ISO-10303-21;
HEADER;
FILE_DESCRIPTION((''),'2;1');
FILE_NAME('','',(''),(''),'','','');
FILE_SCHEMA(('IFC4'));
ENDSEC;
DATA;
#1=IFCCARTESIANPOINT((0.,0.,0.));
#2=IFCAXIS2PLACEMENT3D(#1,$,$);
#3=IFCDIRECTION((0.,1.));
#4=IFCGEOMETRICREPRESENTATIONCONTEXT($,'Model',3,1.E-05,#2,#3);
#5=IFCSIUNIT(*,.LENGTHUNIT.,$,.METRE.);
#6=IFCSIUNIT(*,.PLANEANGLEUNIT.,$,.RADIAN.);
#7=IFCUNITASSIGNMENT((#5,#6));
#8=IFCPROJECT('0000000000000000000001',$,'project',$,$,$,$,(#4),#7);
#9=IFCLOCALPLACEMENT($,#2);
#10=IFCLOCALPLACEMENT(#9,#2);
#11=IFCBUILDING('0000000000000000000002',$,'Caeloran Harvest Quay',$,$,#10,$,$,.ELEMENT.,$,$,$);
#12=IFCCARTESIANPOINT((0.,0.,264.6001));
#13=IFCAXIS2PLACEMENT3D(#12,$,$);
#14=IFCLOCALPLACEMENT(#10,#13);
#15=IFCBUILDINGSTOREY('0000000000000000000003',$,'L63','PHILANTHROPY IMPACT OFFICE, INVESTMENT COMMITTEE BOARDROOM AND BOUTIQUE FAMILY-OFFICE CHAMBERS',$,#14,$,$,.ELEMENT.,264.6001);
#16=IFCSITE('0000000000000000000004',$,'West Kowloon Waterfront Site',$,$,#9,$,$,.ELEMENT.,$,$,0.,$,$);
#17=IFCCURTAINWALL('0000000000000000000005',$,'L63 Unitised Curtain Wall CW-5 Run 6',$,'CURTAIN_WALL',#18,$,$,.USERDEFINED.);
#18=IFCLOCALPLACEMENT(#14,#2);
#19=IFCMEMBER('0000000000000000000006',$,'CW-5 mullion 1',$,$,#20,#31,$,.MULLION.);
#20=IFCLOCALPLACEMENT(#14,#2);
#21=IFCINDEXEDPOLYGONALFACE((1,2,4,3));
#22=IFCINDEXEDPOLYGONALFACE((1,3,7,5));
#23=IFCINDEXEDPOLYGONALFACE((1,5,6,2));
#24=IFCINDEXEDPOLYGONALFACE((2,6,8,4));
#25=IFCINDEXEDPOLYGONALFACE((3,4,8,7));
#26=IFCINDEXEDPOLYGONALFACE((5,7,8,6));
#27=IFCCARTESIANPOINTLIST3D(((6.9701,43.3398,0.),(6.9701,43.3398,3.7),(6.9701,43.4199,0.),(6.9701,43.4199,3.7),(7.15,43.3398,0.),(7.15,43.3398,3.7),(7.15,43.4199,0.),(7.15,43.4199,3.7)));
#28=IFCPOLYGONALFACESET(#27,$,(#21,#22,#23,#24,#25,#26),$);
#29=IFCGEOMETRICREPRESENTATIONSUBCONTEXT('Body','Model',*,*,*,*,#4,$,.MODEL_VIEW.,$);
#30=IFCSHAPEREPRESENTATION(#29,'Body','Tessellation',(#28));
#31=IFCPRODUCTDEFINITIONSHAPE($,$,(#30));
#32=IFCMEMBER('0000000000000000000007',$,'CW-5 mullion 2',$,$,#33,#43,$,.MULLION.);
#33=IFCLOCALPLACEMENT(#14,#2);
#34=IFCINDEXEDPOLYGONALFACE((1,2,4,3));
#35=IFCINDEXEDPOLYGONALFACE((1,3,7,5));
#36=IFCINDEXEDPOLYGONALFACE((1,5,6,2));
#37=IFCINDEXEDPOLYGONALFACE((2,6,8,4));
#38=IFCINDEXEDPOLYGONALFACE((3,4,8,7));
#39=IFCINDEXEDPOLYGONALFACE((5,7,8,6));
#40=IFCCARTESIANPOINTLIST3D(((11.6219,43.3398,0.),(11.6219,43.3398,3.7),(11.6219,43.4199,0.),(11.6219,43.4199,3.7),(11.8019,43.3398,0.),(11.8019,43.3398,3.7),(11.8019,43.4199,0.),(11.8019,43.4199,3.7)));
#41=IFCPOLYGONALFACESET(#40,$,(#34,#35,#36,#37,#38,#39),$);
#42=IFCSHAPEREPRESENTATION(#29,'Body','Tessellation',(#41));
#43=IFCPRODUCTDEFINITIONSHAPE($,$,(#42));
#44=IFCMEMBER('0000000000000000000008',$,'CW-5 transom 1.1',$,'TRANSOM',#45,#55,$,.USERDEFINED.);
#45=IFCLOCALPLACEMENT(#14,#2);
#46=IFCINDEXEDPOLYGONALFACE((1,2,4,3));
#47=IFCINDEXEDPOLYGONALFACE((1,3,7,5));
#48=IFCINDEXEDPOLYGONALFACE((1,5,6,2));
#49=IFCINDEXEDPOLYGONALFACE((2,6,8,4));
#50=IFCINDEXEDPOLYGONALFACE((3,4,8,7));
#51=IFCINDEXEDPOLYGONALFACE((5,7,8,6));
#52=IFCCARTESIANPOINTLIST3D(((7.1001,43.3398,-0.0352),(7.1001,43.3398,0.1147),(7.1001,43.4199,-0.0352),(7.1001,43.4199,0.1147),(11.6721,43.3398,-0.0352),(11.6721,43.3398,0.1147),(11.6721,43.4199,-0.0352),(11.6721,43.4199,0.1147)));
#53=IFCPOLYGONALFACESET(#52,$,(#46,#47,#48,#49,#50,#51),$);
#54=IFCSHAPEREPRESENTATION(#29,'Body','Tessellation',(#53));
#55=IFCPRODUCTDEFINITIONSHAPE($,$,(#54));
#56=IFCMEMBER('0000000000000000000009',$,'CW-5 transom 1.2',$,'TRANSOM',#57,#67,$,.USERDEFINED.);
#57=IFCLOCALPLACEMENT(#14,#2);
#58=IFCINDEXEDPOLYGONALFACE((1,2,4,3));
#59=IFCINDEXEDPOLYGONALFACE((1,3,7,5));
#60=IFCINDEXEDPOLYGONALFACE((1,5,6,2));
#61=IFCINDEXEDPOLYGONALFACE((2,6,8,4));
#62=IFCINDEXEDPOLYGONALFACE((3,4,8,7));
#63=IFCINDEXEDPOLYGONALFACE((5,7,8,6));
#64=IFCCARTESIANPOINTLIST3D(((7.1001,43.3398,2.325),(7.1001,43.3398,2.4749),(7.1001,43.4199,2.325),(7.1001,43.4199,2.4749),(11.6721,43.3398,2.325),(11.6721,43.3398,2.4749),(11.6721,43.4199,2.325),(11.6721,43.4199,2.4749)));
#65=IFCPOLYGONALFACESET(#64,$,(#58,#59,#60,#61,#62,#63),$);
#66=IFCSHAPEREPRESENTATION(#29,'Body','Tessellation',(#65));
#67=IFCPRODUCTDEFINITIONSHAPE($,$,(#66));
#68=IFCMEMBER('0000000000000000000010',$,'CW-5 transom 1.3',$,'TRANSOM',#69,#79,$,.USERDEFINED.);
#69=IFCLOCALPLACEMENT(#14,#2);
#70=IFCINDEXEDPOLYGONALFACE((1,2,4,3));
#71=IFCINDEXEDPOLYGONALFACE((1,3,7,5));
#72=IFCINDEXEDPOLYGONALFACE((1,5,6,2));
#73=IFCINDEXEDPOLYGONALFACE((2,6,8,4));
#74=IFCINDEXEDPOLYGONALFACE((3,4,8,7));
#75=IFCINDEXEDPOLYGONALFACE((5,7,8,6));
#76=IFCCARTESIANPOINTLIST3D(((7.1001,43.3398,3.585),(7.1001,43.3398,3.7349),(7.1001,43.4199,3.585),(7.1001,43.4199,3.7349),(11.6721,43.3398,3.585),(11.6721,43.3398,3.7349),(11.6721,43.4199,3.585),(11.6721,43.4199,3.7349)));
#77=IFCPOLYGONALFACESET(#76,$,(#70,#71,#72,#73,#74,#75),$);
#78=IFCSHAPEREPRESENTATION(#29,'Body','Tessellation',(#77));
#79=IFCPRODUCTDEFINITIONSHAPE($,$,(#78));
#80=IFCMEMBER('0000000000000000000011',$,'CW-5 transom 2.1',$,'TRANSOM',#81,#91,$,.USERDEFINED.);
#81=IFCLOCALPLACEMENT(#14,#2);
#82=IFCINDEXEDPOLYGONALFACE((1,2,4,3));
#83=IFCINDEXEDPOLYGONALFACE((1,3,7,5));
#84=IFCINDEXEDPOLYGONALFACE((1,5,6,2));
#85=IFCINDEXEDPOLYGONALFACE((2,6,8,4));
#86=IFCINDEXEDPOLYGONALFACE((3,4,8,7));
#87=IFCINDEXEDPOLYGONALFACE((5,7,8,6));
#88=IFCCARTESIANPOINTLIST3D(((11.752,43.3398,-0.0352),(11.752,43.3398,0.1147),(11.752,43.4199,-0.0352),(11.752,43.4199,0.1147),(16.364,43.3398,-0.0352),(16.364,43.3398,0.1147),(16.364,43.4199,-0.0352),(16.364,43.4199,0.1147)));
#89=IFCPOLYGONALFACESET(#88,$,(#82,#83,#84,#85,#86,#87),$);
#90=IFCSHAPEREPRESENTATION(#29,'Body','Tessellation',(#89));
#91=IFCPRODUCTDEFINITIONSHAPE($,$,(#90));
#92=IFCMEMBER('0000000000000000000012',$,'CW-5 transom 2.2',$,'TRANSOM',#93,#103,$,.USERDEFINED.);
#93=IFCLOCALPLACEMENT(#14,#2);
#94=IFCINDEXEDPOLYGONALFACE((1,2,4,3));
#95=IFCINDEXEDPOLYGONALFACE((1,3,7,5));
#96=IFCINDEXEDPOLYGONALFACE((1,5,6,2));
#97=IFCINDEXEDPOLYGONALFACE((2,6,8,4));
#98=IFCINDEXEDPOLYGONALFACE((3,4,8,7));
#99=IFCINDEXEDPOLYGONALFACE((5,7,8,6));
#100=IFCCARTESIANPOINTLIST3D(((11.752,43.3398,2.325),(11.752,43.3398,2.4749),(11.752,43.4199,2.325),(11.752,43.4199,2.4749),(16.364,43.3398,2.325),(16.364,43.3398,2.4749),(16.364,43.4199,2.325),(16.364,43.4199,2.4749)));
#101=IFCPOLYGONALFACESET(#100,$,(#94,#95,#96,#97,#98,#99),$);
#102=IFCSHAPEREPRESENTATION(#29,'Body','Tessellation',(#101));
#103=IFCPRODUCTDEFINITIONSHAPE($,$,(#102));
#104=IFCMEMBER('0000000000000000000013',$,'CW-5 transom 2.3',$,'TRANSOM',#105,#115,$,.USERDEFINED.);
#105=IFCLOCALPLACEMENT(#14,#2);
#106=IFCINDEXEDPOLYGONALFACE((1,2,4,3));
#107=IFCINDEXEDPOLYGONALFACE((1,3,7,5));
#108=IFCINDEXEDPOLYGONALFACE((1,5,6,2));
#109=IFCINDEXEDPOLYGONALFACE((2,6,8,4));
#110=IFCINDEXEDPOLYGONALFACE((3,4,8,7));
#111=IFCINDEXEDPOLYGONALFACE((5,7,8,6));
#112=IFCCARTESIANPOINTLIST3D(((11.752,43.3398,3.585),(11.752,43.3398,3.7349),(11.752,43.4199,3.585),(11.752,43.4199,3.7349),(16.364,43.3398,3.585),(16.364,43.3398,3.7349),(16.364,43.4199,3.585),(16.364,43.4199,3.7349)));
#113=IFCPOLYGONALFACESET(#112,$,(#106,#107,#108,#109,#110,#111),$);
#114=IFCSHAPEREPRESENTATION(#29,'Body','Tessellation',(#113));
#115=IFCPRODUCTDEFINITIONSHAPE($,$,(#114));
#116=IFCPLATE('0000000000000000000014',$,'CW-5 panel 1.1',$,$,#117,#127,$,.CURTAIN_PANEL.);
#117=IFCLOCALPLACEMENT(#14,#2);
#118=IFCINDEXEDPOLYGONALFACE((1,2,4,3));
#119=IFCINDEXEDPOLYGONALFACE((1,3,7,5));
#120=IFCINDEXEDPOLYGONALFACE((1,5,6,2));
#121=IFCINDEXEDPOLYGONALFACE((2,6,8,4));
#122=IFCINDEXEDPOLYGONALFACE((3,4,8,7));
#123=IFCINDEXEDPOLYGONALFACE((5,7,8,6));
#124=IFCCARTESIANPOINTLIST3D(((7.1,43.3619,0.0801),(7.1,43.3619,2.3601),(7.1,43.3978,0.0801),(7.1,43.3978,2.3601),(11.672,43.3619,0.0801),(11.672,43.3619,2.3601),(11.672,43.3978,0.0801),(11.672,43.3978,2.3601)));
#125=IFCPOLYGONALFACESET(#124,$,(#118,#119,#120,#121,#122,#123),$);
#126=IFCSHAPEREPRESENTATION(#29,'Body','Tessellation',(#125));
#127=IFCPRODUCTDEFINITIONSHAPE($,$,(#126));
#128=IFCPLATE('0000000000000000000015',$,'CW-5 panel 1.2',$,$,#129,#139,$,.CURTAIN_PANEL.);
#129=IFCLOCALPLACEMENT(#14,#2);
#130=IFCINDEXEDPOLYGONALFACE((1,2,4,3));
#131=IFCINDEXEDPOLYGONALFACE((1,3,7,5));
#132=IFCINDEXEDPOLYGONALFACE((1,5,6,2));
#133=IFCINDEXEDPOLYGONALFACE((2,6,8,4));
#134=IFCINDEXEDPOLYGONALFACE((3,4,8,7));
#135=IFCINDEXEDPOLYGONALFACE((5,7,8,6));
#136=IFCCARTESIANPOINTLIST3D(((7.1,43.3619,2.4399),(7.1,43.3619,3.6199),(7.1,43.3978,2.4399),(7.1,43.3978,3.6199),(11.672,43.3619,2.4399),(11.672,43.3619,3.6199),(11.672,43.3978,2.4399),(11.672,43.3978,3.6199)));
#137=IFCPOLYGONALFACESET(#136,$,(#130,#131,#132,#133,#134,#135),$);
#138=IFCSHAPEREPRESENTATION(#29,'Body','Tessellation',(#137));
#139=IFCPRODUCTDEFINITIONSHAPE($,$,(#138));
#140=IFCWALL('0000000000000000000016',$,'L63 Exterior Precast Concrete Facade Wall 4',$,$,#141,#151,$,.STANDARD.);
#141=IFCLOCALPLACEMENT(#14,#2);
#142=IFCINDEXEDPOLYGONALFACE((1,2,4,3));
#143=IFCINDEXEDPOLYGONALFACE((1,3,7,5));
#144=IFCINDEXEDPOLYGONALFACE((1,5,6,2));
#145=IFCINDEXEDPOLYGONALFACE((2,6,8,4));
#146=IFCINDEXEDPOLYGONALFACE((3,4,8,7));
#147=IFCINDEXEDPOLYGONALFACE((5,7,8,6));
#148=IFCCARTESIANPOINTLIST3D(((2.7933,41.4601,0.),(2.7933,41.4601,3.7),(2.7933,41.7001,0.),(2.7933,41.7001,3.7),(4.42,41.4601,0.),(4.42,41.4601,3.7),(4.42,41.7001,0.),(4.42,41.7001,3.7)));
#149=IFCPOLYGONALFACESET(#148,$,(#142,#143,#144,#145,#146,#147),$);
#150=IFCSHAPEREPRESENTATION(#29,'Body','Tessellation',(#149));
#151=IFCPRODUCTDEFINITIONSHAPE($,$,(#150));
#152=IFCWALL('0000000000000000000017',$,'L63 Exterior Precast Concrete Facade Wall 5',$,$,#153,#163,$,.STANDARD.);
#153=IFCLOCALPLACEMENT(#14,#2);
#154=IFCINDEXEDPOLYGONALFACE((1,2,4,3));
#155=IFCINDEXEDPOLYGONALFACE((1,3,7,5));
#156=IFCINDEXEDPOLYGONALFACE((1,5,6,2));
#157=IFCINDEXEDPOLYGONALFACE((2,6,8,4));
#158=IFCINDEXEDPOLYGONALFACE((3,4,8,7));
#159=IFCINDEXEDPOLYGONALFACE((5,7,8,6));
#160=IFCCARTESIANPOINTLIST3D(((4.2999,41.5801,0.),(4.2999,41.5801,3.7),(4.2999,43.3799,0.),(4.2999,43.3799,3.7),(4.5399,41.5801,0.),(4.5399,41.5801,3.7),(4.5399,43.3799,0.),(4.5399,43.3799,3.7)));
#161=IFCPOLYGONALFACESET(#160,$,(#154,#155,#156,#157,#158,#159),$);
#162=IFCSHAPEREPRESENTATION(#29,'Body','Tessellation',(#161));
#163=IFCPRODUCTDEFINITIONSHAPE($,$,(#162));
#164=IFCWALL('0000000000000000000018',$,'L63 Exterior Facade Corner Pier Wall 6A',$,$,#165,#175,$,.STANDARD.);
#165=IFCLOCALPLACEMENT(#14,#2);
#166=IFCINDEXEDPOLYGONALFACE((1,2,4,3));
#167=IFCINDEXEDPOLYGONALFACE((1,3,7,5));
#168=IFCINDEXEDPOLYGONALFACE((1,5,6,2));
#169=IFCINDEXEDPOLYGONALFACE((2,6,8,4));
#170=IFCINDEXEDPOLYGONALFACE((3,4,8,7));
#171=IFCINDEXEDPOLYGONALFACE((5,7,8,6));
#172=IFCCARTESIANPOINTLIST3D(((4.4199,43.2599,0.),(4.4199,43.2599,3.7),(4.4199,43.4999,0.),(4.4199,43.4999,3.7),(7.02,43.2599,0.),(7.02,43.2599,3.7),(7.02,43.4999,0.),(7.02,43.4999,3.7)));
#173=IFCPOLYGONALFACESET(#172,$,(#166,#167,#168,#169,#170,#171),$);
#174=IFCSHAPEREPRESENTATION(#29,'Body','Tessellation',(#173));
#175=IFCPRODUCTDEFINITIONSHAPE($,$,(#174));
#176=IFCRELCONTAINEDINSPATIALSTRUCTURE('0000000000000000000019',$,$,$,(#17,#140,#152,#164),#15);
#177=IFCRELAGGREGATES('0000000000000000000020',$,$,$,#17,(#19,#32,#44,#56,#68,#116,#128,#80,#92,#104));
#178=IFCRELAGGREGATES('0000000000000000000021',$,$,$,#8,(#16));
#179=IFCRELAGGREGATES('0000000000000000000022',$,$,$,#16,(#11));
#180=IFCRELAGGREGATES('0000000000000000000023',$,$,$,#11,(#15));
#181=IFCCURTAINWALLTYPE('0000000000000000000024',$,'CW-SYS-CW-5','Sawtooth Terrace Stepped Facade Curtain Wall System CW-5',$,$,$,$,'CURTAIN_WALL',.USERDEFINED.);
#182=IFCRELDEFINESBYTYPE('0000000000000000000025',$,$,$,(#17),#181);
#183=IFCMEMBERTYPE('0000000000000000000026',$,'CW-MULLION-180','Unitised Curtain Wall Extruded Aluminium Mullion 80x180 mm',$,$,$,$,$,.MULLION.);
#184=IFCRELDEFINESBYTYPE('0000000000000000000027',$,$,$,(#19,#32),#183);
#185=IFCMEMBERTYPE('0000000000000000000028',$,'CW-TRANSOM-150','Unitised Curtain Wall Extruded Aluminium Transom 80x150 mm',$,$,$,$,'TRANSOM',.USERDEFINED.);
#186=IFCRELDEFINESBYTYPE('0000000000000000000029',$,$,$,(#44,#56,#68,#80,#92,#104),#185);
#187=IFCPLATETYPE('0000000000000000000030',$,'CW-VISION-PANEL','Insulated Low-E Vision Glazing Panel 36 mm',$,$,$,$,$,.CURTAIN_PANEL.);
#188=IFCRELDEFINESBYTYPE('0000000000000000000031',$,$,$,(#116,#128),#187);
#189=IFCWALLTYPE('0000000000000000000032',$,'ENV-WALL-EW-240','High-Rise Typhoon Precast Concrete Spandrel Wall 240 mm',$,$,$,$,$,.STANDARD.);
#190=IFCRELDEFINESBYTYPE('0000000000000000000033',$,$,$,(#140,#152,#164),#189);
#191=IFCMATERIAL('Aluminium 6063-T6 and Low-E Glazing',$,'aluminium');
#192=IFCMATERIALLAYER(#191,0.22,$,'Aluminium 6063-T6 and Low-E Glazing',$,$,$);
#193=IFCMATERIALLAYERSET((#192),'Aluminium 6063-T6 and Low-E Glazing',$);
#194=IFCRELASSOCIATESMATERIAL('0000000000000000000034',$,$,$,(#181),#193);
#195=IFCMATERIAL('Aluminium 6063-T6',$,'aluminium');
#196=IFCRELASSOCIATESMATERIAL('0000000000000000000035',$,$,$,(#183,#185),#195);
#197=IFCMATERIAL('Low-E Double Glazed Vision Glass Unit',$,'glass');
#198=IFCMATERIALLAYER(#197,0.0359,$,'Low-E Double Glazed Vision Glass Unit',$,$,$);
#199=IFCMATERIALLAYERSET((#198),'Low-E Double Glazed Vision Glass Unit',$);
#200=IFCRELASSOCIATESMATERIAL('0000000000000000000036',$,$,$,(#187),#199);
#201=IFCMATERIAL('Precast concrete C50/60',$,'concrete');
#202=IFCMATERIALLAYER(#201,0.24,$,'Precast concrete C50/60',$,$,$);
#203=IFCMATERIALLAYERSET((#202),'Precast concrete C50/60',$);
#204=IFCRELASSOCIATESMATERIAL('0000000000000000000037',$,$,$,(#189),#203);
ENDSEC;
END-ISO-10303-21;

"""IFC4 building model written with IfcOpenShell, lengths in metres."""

from ifc_helpers import new_model, si_unit, direction, frame, frame_2d, origin, origin_2d, place, context, subcontext, project, spatial, rectangle, extrude, material, layer, layer_set, material_profile, profile_set, type_object, element, aggregate, save


model = new_model("IFC4")

# Units and contexts
model_context = context("Model", 3, precision=1e-05, world=origin(), true_north=direction((0.0, 1.0)))
body_context = subcontext(model_context, "Body", "Model", "MODEL_VIEW")
ifc_project = project(units=[si_unit("LENGTHUNIT", "METRE"), si_unit("PLANEANGLEUNIT", "RADIAN")], contexts=[model_context])

# Site, building, storey
site_placement = place(None, origin())
site = spatial("IfcSite", under=ifc_project, at=site_placement, Name="West Kowloon Waterfront Site", CompositionType="ELEMENT", RefElevation=0.0)
building_placement = place(site_placement, origin())
building = spatial("IfcBuilding", under=site, at=building_placement, Name="Caeloran Harvest Quay", CompositionType="ELEMENT")
storey_placement = place(building_placement, frame((0.0, 0.0, 264.6001)))
storey = spatial("IfcBuildingStorey", under=building, at=storey_placement, Name="L63", Description="PHILANTHROPY IMPACT OFFICE, INVESTMENT COMMITTEE BOARDROOM AND BOUTIQUE FAMILY-OFFICE CHAMBERS", CompositionType="ELEMENT", Elevation=264.6001)

# Curtain wall, members, plates
ifc_material_1 = material(Name="Aluminium 6063-T6 and Low-E Glazing", Category="aluminium")
ifc_layer_1 = layer(ifc_material_1, 0.22, Name="Aluminium 6063-T6 and Low-E Glazing")
ifc_layer_set_1 = layer_set([ifc_layer_1], Name="Aluminium 6063-T6 and Low-E Glazing")
curtain_wall_type = type_object("IfcCurtainWallType", Name="CW-SYS-CW-5", Description="Sawtooth Terrace Stepped Facade Curtain Wall System CW-5", ElementType="CURTAIN_WALL", PredefinedType="USERDEFINED", material=ifc_layer_set_1)
curtain_wall_placement = place(storey_placement, origin())
curtain_wall = element("IfcCurtainWall", 1, at=curtain_wall_placement, inside=storey, type_object=curtain_wall_type, Name="L63 Unitised Curtain Wall CW-5 Run 6", ObjectType="CURTAIN_WALL", PredefinedType="USERDEFINED")
ifc_material_2 = material(Name="Aluminium 6063-T6", Category="aluminium")
ifc_material_profile_1 = material_profile(ifc_material_2, rectangle(XDim=0.0801, YDim=0.1799, at=origin_2d()), Name="CW-MULLION-180")
ifc_profile_set_1 = profile_set([ifc_material_profile_1], Name="Aluminium 6063-T6")
member_type_1 = type_object("IfcMemberType", Name="CW-MULLION-180", Description="Unitised Curtain Wall Extruded Aluminium Mullion 80x180 mm", PredefinedType="MULLION", material=ifc_profile_set_1)
member_1_placement = place(storey_placement, frame((7.0601, 43.3799, 0.0), z_axis=(0.0, 0.0, 1.0), x_axis=(0.0, 1.0, 0.0)))
member_1 = element("IfcMember", 2, at=member_1_placement, type_object=member_type_1, Name="CW-5 mullion 1", PredefinedType="MULLION", context=body_context, shape_type="SweptSolid", body=[
    extrude(rectangle(XDim=0.0801, YDim=0.1799, at=origin_2d()), origin(), (0.0, 0.0, 1.0), 3.7),
])
member_2_placement = place(storey_placement, frame((11.7119, 43.3799, 0.0), z_axis=(0.0, 0.0, 1.0), x_axis=(0.0, 1.0, 0.0)))
member_2 = element("IfcMember", 3, at=member_2_placement, type_object=member_type_1, Name="CW-5 mullion 2", PredefinedType="MULLION", context=body_context, shape_type="SweptSolid", body=[
    extrude(rectangle(XDim=0.0801, YDim=0.1799, at=origin_2d()), origin(), (0.0, 0.0, 1.0), 3.7),
])
ifc_material_profile_2 = material_profile(ifc_material_2, rectangle(XDim=0.0801, YDim=0.1499, at=origin_2d()), Name="CW-TRANSOM-150")
ifc_profile_set_2 = profile_set([ifc_material_profile_2], Name="Aluminium 6063-T6")
member_type_2 = type_object("IfcMemberType", Name="CW-TRANSOM-150", Description="Unitised Curtain Wall Extruded Aluminium Transom 80x150 mm", ElementType="TRANSOM", PredefinedType="USERDEFINED", material=ifc_profile_set_2)
member_3_placement = place(storey_placement, frame((7.1001, 43.3799, 0.0398), z_axis=(1.0, 0.0, 0.0), x_axis=(0.0, 1.0, 0.0)))
member_3 = element("IfcMember", 4, at=member_3_placement, type_object=member_type_2, Name="CW-5 transom 1.1", ObjectType="TRANSOM", PredefinedType="USERDEFINED", context=body_context, shape_type="SweptSolid", body=[
    extrude(rectangle(XDim=0.0801, YDim=0.1499, at=origin_2d()), origin(), (0.0, 0.0, 1.0), 4.572),
])
member_4_placement = place(storey_placement, frame((7.1001, 43.3799, 2.3999), z_axis=(1.0, 0.0, 0.0), x_axis=(0.0, 1.0, 0.0)))
member_4 = element("IfcMember", 5, at=member_4_placement, type_object=member_type_2, Name="CW-5 transom 1.2", ObjectType="TRANSOM", PredefinedType="USERDEFINED", context=body_context, shape_type="SweptSolid", body=[
    extrude(rectangle(XDim=0.0801, YDim=0.1499, at=origin_2d()), origin(), (0.0, 0.0, 1.0), 4.572),
])
member_5_placement = place(storey_placement, frame((7.1001, 43.3799, 3.6599), z_axis=(1.0, 0.0, 0.0), x_axis=(0.0, 1.0, 0.0)))
member_5 = element("IfcMember", 6, at=member_5_placement, type_object=member_type_2, Name="CW-5 transom 1.3", ObjectType="TRANSOM", PredefinedType="USERDEFINED", context=body_context, shape_type="SweptSolid", body=[
    extrude(rectangle(XDim=0.0801, YDim=0.1499, at=origin_2d()), origin(), (0.0, 0.0, 1.0), 4.572),
])
member_6_placement = place(storey_placement, frame((11.752, 43.3799, 0.0398), z_axis=(1.0, 0.0, 0.0), x_axis=(0.0, 1.0, 0.0)))
member_6 = element("IfcMember", 7, at=member_6_placement, type_object=member_type_2, Name="CW-5 transom 2.1", ObjectType="TRANSOM", PredefinedType="USERDEFINED", context=body_context, shape_type="SweptSolid", body=[
    extrude(rectangle(XDim=0.0801, YDim=0.1499, at=origin_2d()), origin(), (0.0, 0.0, 1.0), 4.6121),
])
member_7_placement = place(storey_placement, frame((11.752, 43.3799, 2.3999), z_axis=(1.0, 0.0, 0.0), x_axis=(0.0, 1.0, 0.0)))
member_7 = element("IfcMember", 8, at=member_7_placement, type_object=member_type_2, Name="CW-5 transom 2.2", ObjectType="TRANSOM", PredefinedType="USERDEFINED", context=body_context, shape_type="SweptSolid", body=[
    extrude(rectangle(XDim=0.0801, YDim=0.1499, at=origin_2d()), origin(), (0.0, 0.0, 1.0), 4.6121),
])
member_8_placement = place(storey_placement, frame((11.752, 43.3799, 3.6599), z_axis=(1.0, 0.0, 0.0), x_axis=(0.0, 1.0, 0.0)))
member_8 = element("IfcMember", 9, at=member_8_placement, type_object=member_type_2, Name="CW-5 transom 2.3", ObjectType="TRANSOM", PredefinedType="USERDEFINED", context=body_context, shape_type="SweptSolid", body=[
    extrude(rectangle(XDim=0.0801, YDim=0.1499, at=origin_2d()), origin(), (0.0, 0.0, 1.0), 4.6121),
])
ifc_material_3 = material(Name="Low-E Double Glazed Vision Glass Unit", Category="glass")
ifc_layer_2 = layer(ifc_material_3, 0.0359, Name="Low-E Double Glazed Vision Glass Unit")
ifc_layer_set_2 = layer_set([ifc_layer_2], Name="Low-E Double Glazed Vision Glass Unit")
plate_type = type_object("IfcPlateType", Name="CW-VISION-PANEL", Description="Insulated Low-E Vision Glazing Panel 36 mm", PredefinedType="CURTAIN_PANEL", material=ifc_layer_set_2)
plate_1_placement = place(storey_placement, frame((9.386, 43.3799, 0.0801), z_axis=(0.0, 0.0, 1.0), x_axis=(1.0, 0.0, 0.0)))
plate_1 = element("IfcPlate", 10, at=plate_1_placement, type_object=plate_type, Name="CW-5 panel 1.1", PredefinedType="CURTAIN_PANEL", context=body_context, shape_type="SweptSolid", body=[
    extrude(rectangle(XDim=4.572, YDim=0.0359, at=origin_2d()), origin(), (0.0, 0.0, 1.0), 2.28),
])
plate_2_placement = place(storey_placement, frame((9.386, 43.3799, 2.4399), z_axis=(0.0, 0.0, 1.0), x_axis=(1.0, 0.0, 0.0)))
plate_2 = element("IfcPlate", 11, at=plate_2_placement, type_object=plate_type, Name="CW-5 panel 1.2", PredefinedType="CURTAIN_PANEL", context=body_context, shape_type="SweptSolid", body=[
    extrude(rectangle(XDim=4.572, YDim=0.0359, at=origin_2d()), origin(), (0.0, 0.0, 1.0), 1.1799),
])
aggregate(curtain_wall, [member_1, member_2, member_3, member_4, member_5, plate_1, plate_2, member_6, member_7, member_8])

# Walls
ifc_material_4 = material(Name="Precast concrete C50/60", Category="concrete")
ifc_layer_3 = layer(ifc_material_4, 0.24, Name="Precast concrete C50/60")
ifc_layer_set_3 = layer_set([ifc_layer_3], Name="Precast concrete C50/60")
wall_type_1 = type_object("IfcWallType", Name="ENV-WALL-EW-240", Description="High-Rise Typhoon Precast Concrete Spandrel Wall 240 mm", PredefinedType="STANDARD", material=ifc_layer_set_3)
wall_1_placement = place(storey_placement, frame((2.7932, 41.5801, 0.0), z_axis=(0.0, 0.0, 1.0), x_axis=(1.0, 0.0, 0.0)))
element("IfcWall", 12, at=wall_1_placement, inside=storey, type_object=wall_type_1, Name="L63 Exterior Precast Concrete Facade Wall 4", PredefinedType="STANDARD", context=body_context, shape_type="SweptSolid", body=[
    extrude(rectangle(XDim=1.6267, YDim=0.24, at=frame_2d((0.8135, 0.0))), origin(), (0.0, 0.0, 1.0), 3.7),
])
wall_2_placement = place(storey_placement, frame((4.4199, 41.5801, 0.0), z_axis=(0.0, 0.0, 1.0), x_axis=(0.0, 1.0, 0.0)))
element("IfcWall", 13, at=wall_2_placement, inside=storey, type_object=wall_type_1, Name="L63 Exterior Precast Concrete Facade Wall 5", PredefinedType="STANDARD", context=body_context, shape_type="SweptSolid", body=[
    extrude(rectangle(XDim=1.7998, YDim=0.24, at=frame_2d((0.8999, 0.0))), origin(), (0.0, 0.0, 1.0), 3.7),
])
wall_3_placement = place(storey_placement, frame((4.4199, 43.3799, 0.0), z_axis=(0.0, 0.0, 1.0), x_axis=(1.0, 0.0, 0.0)))
element("IfcWall", 14, at=wall_3_placement, inside=storey, type_object=wall_type_1, Name="L63 Exterior Facade Corner Pier Wall 6A", PredefinedType="STANDARD", context=body_context, shape_type="SweptSolid", body=[
    extrude(rectangle(XDim=2.6001, YDim=0.24, at=frame_2d((1.3, 0.0))), origin(), (0.0, 0.0, 1.0), 3.7),
])

save(model, "model.ifc")
